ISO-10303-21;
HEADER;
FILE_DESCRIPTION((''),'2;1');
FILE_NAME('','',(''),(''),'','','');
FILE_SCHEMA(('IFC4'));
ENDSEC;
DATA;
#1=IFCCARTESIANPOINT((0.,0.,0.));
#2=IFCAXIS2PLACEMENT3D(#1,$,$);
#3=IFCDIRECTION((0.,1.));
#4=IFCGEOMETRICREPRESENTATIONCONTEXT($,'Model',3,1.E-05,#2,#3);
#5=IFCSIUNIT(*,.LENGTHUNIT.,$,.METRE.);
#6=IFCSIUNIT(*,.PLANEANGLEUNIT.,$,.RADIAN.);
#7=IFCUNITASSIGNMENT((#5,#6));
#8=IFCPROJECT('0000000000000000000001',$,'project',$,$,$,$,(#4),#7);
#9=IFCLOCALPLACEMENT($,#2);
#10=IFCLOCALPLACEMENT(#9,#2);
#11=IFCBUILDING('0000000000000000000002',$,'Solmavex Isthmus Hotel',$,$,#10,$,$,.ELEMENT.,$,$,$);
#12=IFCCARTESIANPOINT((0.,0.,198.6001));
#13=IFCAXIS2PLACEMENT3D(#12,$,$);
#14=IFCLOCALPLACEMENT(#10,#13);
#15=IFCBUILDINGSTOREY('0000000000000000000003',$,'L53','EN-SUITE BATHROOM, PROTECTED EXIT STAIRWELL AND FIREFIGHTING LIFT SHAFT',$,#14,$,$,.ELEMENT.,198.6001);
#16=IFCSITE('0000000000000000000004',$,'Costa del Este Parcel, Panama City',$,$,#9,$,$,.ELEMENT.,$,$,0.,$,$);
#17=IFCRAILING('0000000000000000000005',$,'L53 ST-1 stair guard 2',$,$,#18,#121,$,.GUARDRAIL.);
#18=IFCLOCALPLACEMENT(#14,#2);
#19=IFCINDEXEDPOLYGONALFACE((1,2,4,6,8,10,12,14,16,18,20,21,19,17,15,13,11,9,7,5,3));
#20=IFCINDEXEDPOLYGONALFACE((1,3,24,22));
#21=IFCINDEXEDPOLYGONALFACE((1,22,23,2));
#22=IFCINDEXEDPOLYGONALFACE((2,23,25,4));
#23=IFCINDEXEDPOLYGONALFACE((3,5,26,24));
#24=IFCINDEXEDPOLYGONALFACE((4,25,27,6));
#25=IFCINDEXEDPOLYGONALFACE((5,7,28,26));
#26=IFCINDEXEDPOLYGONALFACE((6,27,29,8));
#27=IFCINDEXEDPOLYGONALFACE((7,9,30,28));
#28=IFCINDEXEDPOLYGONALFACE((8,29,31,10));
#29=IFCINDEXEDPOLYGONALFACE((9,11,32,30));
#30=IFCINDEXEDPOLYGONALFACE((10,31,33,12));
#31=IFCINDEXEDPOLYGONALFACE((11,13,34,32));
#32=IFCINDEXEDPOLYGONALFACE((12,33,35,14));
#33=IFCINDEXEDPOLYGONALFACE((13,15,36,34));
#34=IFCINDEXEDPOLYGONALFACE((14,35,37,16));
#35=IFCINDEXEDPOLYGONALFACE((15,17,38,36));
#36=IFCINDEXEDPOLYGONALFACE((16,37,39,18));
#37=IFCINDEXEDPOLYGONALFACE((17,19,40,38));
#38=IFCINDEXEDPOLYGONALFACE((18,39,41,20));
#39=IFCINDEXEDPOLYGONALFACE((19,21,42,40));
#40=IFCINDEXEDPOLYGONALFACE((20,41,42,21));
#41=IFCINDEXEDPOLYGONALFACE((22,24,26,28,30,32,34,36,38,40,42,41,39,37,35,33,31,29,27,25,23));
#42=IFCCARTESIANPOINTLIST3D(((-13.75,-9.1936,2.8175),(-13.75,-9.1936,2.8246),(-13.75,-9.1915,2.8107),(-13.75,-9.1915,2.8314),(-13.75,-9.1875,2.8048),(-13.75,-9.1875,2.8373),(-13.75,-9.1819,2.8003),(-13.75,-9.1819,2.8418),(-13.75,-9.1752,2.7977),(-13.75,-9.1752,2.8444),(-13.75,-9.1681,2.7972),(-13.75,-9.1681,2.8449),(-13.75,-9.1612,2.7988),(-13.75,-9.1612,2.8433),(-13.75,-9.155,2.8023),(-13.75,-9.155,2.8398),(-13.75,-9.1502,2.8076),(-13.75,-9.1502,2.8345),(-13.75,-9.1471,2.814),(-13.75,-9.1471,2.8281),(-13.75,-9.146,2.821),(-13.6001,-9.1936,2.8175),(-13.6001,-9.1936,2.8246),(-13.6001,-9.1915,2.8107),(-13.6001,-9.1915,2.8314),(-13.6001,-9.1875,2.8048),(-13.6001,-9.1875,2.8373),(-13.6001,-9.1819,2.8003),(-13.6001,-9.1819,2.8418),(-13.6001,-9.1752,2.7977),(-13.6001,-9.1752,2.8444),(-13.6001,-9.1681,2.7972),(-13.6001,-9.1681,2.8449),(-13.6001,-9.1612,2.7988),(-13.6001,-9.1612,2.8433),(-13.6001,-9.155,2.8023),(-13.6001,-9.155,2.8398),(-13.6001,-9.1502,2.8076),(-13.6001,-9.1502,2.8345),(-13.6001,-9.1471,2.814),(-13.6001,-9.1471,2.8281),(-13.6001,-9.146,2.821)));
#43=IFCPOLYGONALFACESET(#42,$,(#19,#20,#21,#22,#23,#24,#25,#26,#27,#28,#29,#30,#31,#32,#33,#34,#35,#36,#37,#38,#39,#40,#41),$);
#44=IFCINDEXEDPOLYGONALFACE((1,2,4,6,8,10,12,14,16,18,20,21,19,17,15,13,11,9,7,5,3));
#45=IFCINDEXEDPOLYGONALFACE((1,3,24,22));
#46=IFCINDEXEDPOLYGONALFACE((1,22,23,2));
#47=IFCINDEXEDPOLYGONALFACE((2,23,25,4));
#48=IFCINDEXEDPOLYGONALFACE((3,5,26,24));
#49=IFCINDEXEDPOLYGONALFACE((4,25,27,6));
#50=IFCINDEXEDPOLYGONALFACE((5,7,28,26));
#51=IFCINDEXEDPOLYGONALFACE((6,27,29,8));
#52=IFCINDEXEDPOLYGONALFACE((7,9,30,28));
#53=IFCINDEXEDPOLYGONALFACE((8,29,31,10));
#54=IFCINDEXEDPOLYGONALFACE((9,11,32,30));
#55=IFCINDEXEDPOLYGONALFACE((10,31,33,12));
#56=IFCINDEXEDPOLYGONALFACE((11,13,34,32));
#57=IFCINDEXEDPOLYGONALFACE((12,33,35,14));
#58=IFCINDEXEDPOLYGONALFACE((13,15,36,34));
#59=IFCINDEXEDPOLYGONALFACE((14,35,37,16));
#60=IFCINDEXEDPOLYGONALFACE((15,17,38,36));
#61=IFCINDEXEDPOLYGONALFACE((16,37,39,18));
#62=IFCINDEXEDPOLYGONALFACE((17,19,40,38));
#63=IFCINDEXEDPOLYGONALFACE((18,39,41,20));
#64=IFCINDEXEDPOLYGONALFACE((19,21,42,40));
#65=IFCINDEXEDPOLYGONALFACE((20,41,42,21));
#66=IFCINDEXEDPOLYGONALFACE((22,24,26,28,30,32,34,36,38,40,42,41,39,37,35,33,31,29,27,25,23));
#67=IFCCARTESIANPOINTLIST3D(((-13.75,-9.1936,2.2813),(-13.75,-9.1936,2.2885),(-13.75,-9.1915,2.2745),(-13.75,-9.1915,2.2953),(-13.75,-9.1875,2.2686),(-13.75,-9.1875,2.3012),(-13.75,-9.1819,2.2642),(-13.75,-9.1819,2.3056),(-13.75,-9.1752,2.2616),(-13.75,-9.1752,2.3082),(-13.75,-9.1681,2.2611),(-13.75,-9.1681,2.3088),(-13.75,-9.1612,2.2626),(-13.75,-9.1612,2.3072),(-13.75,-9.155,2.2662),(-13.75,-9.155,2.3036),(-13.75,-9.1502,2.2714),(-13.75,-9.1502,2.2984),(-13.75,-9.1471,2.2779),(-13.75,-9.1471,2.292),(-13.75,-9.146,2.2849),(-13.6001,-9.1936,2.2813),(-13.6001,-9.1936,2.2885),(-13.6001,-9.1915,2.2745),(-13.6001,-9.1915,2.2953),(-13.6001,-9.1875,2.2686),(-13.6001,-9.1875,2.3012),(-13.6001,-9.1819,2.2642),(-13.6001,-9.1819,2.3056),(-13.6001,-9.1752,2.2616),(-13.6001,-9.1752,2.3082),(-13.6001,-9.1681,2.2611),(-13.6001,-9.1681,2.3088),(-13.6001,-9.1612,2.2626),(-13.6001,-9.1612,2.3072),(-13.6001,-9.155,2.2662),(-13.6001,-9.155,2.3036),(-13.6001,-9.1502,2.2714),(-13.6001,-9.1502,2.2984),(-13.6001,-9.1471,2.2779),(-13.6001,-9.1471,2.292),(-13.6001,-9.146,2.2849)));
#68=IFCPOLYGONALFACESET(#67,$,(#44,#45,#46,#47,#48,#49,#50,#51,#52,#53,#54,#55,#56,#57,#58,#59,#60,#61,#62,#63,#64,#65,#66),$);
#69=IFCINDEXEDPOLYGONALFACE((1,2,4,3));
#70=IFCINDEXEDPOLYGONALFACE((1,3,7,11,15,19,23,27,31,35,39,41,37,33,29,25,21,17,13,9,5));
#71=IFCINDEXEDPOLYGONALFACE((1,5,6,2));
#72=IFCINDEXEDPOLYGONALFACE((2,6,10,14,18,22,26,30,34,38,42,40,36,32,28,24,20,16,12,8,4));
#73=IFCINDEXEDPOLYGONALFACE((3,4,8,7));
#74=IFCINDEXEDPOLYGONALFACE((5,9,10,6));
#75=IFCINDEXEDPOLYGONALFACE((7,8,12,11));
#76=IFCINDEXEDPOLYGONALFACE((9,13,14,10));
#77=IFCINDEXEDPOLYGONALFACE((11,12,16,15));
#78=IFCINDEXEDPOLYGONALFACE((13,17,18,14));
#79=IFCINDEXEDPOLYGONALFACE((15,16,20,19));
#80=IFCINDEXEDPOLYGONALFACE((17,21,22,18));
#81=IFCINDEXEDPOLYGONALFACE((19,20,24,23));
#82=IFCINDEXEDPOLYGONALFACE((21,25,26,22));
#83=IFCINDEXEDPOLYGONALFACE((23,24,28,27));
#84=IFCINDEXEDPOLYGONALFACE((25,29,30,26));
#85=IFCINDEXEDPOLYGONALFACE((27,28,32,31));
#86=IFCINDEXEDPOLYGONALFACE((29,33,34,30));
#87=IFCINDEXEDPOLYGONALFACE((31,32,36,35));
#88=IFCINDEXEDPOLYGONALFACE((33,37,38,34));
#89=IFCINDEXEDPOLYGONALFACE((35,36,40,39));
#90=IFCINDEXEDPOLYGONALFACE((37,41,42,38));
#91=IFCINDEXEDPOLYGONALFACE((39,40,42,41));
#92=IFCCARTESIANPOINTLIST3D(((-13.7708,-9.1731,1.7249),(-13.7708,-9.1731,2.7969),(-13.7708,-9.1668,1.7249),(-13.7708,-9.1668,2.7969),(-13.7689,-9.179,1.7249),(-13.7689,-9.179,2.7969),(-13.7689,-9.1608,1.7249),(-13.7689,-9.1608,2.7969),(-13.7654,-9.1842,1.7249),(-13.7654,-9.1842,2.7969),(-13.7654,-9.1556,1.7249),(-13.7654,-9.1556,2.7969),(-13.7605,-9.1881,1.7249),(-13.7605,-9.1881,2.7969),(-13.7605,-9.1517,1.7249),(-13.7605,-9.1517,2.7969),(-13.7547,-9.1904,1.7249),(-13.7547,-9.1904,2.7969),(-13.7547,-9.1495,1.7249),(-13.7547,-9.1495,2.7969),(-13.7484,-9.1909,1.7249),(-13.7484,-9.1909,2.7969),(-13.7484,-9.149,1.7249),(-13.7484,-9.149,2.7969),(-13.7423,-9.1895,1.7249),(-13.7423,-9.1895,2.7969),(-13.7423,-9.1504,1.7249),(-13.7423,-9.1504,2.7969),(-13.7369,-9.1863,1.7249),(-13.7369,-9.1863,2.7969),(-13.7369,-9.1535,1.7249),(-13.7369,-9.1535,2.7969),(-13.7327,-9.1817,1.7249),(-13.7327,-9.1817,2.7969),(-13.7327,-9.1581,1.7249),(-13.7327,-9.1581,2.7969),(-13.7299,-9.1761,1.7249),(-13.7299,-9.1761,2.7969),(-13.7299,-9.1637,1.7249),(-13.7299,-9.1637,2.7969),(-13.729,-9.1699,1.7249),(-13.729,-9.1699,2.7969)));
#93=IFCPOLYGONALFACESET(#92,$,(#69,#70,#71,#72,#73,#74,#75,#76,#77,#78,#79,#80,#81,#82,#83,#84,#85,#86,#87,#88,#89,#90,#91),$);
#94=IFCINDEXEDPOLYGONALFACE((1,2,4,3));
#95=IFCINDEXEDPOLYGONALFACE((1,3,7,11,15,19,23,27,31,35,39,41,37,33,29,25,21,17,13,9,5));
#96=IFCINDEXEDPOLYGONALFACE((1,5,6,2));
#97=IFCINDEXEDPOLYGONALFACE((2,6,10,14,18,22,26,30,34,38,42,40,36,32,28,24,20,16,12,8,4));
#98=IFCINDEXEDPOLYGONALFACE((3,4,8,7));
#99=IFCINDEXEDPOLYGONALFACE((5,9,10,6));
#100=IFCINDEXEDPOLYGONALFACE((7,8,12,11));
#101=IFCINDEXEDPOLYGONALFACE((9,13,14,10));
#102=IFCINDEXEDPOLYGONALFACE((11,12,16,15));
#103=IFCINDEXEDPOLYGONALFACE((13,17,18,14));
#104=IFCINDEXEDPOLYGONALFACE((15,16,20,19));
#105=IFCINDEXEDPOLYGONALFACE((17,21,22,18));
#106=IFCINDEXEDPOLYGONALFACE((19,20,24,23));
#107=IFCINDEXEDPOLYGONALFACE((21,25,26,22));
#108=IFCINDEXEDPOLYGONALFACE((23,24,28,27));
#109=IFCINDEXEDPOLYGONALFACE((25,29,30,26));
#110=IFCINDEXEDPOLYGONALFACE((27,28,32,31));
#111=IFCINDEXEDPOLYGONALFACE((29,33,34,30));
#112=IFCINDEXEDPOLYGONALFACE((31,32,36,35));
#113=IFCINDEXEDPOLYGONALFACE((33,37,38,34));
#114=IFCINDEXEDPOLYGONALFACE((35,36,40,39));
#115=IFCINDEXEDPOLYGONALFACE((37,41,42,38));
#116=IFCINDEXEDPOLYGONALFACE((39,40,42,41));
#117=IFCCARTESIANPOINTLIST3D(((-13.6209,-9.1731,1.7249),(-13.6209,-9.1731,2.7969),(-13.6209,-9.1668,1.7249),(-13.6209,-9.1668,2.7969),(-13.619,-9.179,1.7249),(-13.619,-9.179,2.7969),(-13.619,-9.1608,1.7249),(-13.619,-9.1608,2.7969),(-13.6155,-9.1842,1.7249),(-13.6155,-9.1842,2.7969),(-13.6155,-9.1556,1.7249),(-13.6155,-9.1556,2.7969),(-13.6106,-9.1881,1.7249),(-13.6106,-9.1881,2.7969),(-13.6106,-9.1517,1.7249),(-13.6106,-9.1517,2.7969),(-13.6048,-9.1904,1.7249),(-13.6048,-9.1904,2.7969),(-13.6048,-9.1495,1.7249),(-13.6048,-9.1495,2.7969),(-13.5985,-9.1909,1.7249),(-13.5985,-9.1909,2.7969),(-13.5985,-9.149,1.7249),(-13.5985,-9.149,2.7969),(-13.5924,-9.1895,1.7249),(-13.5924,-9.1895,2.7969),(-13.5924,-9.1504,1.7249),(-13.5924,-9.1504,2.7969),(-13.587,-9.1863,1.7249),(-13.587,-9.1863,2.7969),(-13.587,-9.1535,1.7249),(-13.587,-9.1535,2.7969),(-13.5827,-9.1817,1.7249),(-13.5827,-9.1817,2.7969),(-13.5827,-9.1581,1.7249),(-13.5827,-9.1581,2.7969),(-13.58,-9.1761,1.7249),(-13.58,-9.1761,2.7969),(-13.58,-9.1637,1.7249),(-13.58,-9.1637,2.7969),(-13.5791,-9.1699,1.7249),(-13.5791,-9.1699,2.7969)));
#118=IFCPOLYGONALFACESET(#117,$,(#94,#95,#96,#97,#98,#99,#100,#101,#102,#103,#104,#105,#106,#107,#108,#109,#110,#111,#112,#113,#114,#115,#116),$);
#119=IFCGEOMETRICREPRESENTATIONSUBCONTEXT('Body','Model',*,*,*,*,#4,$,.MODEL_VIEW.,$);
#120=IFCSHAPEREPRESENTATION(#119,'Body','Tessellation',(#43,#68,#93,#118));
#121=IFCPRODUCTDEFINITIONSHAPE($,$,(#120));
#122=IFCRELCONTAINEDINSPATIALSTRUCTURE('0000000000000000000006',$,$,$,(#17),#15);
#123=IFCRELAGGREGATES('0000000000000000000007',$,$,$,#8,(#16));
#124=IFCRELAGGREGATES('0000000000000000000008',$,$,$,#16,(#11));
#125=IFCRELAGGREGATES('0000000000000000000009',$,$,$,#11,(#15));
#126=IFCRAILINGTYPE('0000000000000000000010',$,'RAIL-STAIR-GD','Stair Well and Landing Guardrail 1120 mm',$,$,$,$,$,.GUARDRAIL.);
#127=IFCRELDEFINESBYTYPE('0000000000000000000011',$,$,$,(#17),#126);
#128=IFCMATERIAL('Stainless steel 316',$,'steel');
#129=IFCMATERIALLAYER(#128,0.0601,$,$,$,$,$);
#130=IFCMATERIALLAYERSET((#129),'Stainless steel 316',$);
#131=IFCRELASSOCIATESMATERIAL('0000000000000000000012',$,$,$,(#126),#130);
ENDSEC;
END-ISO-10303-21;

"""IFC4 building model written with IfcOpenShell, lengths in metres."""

from ifc_helpers import new_model, si_unit, direction, frame, origin, origin_2d, place, context, subcontext, project, spatial, circle, extrude, material, layer, layer_set, type_object, element, save


model = new_model("IFC4")

# Units and contexts
model_context = context("Model", 3, precision=1e-05, world=origin(), true_north=direction((0.0, 1.0)))
body_context = subcontext(model_context, "Body", "Model", "MODEL_VIEW")
ifc_project = project(units=[si_unit("LENGTHUNIT", "METRE"), si_unit("PLANEANGLEUNIT", "RADIAN")], contexts=[model_context])

# Site, building, storey
site_placement = place(None, origin())
site = spatial("IfcSite", under=ifc_project, at=site_placement, Name="Costa del Este Parcel, Panama City", CompositionType="ELEMENT", RefElevation=0.0)
building_placement = place(site_placement, origin())
building = spatial("IfcBuilding", under=site, at=building_placement, Name="Solmavex Isthmus Hotel", CompositionType="ELEMENT")
storey_placement = place(building_placement, frame((0.0, 0.0, 198.6001)))
storey = spatial("IfcBuildingStorey", under=building, at=storey_placement, Name="L53", Description="EN-SUITE BATHROOM, PROTECTED EXIT STAIRWELL AND FIREFIGHTING LIFT SHAFT", CompositionType="ELEMENT", Elevation=198.6001)

# Railing
ifc_material_1 = material(Name="Stainless steel 316", Category="steel")
ifc_layer_1 = layer(ifc_material_1, 0.0601)
ifc_layer_set_1 = layer_set([ifc_layer_1], Name="Stainless steel 316")
railing_type = type_object("IfcRailingType", Name="RAIL-STAIR-GD", Description="Stair Well and Landing Guardrail 1120 mm", PredefinedType="GUARDRAIL", material=ifc_layer_set_1)
railing_1_placement = place(storey_placement, frame((-13.75, -9.1699, 1.7249)))
element("IfcRailing", 1, at=railing_1_placement, inside=storey, type_object=railing_type, Name="L53 ST-1 stair guard 2", PredefinedType="GUARDRAIL", context=body_context, shape_type="SweptSolid", body=[
    extrude(circle(Radius=0.0239, at=origin_2d()), frame((0.0, 0.0, 1.0962), z_axis=(1.0, 0.0, 0.0), x_axis=(0.0, 1.0, 0.0)), (0.0, 0.0, 1.0), 0.1499),
    extrude(circle(Radius=0.0239, at=origin_2d()), frame((0.0, 0.0, 0.5601), z_axis=(1.0, 0.0, 0.0), x_axis=(0.0, 1.0, 0.0)), (0.0, 0.0, 1.0), 0.1499),
    extrude(circle(Radius=0.021, at=origin_2d()), origin(), (0.0, 0.0, 1.0), 1.072),
    extrude(circle(Radius=0.021, at=origin_2d()), frame((0.1499, 0.0, 0.0)), (0.0, 0.0, 1.0), 1.072),
])

save(model, "model.ifc")
